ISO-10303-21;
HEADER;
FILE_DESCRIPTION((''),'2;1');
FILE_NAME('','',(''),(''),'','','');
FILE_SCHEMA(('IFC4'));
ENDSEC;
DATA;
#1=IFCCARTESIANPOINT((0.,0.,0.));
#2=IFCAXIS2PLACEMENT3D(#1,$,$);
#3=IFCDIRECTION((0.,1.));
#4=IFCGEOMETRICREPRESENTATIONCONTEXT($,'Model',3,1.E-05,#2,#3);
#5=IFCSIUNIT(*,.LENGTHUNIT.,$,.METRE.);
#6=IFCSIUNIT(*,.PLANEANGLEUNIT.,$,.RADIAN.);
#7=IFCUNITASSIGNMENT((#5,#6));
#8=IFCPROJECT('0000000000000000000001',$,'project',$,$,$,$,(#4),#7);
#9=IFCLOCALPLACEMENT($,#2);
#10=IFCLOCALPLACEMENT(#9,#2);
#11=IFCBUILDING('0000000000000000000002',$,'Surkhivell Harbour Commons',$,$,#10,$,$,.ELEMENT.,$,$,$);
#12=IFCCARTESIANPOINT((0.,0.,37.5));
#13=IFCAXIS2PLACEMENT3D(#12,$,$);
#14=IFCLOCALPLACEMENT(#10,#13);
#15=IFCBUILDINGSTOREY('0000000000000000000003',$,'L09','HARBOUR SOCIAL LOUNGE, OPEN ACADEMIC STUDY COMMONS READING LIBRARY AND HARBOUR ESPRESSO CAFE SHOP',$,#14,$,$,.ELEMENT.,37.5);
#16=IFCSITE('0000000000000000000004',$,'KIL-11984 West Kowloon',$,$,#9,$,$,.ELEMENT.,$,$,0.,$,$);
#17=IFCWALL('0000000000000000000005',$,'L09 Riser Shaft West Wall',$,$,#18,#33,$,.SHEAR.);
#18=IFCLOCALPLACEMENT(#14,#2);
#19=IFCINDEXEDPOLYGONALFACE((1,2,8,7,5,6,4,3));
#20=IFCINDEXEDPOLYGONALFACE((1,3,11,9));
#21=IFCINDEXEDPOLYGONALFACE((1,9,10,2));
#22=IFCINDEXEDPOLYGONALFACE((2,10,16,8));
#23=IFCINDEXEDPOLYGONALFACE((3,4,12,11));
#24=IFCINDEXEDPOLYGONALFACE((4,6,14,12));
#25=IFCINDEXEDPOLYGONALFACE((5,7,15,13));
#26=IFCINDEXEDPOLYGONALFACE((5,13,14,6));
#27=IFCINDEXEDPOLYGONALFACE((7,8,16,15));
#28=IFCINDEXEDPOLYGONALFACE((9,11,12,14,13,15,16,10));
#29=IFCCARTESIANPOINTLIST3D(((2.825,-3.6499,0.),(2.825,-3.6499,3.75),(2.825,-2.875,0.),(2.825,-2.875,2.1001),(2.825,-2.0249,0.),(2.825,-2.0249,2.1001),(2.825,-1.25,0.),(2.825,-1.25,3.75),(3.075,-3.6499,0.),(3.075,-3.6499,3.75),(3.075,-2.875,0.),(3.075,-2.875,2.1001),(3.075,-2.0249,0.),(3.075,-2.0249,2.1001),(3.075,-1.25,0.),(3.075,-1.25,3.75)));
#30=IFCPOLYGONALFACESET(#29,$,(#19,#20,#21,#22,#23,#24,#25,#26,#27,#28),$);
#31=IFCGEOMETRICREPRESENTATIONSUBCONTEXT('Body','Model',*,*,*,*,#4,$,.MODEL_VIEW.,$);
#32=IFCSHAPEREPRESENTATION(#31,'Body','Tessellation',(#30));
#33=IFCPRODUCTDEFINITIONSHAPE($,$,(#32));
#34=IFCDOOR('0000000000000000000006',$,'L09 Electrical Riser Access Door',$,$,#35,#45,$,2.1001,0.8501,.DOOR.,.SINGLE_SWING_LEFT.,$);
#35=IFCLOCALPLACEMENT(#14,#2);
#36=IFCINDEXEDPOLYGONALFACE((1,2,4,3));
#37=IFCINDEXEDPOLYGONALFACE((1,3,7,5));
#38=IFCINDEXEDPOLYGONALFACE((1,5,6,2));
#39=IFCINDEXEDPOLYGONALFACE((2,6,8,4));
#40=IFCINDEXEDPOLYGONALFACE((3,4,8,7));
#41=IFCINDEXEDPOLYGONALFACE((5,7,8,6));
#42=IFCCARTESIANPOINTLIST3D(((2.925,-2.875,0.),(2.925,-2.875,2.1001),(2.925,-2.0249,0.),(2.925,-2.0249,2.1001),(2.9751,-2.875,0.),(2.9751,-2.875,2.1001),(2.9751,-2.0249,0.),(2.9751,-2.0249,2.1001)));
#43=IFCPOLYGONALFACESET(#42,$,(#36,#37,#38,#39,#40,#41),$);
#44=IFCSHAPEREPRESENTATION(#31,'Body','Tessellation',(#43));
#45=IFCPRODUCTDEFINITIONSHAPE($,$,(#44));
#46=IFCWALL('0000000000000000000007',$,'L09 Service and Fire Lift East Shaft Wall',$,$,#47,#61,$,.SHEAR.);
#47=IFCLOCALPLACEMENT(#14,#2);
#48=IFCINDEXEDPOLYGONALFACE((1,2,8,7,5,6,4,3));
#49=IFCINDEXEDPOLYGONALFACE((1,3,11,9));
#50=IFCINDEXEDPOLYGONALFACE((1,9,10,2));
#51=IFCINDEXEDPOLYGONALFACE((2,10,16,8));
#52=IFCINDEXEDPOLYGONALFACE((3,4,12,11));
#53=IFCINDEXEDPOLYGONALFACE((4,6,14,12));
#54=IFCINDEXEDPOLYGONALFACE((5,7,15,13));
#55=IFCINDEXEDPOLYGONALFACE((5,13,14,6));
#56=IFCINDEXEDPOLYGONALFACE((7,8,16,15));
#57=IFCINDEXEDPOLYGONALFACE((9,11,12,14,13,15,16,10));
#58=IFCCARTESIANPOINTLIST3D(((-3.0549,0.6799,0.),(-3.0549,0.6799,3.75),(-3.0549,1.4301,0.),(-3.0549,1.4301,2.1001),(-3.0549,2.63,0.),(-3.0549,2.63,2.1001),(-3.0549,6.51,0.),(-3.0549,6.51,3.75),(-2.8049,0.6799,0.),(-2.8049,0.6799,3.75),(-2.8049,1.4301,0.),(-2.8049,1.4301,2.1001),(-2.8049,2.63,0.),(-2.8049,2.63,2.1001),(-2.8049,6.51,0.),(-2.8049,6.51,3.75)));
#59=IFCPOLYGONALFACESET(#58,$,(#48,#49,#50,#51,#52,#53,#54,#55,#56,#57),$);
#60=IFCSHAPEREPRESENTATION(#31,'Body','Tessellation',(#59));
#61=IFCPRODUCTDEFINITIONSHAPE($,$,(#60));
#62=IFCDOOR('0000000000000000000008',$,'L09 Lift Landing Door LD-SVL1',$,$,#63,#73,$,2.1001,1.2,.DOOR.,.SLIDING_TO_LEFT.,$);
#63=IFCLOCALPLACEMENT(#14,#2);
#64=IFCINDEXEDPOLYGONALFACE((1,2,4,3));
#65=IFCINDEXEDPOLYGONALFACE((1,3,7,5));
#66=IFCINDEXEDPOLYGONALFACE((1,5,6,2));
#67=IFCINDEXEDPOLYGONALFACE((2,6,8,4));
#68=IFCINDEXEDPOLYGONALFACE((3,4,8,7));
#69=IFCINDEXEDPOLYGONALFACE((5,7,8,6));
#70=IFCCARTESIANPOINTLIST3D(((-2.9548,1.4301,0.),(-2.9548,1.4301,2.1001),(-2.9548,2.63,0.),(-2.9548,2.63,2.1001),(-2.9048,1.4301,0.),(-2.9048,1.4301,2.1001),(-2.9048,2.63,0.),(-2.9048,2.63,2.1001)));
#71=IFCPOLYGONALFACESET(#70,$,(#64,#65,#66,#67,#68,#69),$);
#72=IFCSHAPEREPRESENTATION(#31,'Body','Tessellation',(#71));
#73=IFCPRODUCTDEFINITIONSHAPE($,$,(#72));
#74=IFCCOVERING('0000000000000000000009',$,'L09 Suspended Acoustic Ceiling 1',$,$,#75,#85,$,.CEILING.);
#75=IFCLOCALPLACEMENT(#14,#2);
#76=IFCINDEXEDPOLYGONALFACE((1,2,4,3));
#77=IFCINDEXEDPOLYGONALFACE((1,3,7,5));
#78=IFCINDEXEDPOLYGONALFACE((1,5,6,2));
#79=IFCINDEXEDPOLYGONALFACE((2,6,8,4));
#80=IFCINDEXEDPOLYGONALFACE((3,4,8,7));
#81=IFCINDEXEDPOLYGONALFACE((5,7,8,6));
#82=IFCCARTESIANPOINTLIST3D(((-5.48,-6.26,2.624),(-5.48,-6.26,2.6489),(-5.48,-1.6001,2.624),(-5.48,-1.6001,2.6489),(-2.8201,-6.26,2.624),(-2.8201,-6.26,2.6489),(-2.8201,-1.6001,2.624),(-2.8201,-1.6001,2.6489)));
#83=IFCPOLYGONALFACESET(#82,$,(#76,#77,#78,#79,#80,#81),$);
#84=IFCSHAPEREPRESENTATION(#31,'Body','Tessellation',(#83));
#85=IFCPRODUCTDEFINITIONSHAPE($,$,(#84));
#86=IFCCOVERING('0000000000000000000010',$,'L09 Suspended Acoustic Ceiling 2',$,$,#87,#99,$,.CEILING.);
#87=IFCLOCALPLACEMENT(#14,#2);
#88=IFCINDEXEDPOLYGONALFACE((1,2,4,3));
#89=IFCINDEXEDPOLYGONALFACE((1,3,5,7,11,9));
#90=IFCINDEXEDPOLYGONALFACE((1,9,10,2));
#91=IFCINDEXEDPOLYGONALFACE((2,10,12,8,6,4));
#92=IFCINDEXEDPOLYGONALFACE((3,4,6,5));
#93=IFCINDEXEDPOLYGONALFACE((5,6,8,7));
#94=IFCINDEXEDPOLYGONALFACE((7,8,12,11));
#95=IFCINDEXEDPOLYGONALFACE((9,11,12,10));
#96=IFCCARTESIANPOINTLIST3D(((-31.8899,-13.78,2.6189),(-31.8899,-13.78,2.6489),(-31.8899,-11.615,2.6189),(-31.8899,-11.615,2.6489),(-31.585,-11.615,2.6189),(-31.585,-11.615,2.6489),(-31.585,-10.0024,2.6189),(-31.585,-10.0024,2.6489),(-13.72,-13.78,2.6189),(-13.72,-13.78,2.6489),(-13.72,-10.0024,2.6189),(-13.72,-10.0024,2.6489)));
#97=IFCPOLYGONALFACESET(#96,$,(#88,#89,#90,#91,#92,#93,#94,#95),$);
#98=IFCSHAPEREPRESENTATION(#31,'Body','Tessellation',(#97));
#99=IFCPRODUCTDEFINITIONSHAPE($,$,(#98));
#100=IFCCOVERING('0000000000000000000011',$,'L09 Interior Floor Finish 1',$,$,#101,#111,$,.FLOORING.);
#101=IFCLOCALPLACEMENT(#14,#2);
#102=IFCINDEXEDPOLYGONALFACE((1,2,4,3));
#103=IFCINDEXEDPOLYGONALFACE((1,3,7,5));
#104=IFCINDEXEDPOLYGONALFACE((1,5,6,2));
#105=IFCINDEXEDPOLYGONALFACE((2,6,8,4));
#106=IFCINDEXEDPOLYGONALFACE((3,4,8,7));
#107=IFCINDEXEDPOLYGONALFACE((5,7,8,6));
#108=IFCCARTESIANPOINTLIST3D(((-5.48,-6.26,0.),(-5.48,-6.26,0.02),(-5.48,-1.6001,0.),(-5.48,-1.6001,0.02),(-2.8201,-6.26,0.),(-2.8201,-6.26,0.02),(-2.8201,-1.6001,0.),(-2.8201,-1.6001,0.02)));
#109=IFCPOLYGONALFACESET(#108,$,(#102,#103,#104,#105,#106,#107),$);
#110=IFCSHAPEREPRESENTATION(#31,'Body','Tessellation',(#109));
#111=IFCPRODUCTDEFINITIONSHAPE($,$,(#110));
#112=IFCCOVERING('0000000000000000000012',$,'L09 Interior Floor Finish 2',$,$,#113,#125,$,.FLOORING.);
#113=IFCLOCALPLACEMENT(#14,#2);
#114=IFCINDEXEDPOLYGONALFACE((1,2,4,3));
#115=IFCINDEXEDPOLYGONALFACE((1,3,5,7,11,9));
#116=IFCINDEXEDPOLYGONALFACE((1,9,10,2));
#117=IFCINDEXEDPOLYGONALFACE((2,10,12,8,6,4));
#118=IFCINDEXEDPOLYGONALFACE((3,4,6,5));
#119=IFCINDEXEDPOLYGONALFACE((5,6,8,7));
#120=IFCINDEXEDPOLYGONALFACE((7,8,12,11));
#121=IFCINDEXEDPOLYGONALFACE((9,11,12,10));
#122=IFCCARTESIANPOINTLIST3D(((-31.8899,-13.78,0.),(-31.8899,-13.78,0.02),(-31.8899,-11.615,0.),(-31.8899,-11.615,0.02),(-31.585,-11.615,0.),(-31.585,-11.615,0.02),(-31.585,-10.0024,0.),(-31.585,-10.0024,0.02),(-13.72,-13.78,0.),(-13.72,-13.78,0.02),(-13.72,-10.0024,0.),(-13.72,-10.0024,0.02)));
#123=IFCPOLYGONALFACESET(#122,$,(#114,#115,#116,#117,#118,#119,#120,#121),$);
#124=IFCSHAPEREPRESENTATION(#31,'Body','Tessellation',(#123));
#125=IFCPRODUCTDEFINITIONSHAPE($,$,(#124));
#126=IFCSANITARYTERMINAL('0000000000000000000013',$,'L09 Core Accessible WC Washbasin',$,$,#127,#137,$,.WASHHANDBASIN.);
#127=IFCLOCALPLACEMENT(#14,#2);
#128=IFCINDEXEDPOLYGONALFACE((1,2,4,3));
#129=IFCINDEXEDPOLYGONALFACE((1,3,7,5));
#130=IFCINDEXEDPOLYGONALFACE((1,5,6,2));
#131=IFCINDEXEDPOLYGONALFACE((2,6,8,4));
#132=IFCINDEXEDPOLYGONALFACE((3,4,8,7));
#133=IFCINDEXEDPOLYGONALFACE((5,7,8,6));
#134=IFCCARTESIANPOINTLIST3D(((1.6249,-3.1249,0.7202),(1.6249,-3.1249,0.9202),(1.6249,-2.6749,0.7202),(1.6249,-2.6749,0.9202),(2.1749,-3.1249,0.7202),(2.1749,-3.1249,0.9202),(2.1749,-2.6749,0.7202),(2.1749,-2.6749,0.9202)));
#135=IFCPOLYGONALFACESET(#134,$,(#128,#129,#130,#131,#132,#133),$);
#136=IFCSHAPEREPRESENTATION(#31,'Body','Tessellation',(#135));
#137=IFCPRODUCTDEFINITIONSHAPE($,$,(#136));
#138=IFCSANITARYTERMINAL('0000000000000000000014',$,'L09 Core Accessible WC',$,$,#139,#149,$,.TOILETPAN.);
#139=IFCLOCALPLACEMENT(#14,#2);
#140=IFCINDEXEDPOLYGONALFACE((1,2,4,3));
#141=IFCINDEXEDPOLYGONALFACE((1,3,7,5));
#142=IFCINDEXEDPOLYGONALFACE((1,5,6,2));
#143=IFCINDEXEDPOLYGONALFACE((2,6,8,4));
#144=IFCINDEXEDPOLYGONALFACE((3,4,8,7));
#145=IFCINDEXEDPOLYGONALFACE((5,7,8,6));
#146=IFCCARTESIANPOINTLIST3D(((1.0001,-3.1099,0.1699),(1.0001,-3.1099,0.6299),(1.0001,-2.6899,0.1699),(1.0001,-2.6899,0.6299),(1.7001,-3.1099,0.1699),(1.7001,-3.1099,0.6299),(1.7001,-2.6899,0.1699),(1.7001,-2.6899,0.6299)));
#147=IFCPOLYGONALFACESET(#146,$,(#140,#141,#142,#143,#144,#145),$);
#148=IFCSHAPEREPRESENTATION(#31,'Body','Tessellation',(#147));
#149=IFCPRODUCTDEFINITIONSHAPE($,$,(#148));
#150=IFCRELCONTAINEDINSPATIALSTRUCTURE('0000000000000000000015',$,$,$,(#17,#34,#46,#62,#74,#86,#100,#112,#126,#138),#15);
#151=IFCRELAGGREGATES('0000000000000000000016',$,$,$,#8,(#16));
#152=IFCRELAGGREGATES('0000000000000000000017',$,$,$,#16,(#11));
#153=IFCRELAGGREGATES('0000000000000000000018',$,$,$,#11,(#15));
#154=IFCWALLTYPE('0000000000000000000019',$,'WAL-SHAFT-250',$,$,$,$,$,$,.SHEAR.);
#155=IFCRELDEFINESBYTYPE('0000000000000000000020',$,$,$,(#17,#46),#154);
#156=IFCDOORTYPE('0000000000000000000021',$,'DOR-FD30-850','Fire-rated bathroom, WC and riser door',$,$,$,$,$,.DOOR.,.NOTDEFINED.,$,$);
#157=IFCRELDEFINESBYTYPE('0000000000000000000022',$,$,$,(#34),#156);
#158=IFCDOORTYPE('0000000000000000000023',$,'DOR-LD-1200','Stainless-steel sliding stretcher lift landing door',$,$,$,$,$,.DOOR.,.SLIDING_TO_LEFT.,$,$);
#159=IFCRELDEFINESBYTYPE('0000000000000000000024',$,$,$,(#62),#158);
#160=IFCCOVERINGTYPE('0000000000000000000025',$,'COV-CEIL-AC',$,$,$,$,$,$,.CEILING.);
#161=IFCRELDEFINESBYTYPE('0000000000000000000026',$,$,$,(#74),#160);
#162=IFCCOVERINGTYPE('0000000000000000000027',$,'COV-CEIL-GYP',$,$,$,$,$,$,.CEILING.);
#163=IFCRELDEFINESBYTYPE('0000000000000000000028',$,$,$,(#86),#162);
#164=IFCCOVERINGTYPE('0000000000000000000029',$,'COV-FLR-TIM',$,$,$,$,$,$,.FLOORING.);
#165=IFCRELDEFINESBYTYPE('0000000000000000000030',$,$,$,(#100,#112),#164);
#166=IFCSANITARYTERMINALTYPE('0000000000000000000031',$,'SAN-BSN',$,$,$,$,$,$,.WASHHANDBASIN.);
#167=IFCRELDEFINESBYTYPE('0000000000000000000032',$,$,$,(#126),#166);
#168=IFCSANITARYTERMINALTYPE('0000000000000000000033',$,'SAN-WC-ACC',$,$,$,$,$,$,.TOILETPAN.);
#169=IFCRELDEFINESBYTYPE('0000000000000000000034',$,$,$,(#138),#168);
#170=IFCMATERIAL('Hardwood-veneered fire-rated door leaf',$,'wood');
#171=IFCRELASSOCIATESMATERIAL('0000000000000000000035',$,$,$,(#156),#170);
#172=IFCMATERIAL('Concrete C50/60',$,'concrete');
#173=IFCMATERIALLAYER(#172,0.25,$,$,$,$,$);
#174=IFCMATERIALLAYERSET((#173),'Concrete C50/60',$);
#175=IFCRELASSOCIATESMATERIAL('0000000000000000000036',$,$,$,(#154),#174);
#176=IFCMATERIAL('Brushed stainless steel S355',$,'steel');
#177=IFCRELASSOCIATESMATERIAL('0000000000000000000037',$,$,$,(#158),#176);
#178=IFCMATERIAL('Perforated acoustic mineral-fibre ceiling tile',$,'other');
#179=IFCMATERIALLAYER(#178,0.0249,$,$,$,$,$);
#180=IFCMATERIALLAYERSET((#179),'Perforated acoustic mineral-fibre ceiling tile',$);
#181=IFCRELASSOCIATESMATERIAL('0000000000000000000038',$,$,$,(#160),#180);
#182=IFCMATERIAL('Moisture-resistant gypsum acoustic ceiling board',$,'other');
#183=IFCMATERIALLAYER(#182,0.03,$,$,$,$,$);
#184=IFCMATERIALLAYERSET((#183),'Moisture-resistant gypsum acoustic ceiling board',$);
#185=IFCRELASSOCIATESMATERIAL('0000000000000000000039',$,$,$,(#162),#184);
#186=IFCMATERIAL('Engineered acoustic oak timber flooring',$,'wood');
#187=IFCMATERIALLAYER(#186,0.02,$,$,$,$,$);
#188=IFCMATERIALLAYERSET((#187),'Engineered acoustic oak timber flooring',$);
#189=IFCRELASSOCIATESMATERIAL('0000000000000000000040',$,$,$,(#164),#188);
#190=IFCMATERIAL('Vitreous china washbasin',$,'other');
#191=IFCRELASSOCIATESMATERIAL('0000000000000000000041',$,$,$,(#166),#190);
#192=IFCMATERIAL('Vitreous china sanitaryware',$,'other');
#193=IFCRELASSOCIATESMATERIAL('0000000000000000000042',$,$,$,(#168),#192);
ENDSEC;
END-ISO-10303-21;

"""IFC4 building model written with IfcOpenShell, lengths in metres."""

from ifc_helpers import new_model, si_unit, direction, frame, frame_2d, origin, origin_2d, place, context, subcontext, project, spatial, polyline, rectangle, outline, extrude, material, layer, layer_set, type_object, element, fill, save


model = new_model("IFC4")

# Units and contexts
model_context = context("Model", 3, precision=1e-05, world=origin(), true_north=direction((0.0, 1.0)))
body_context = subcontext(model_context, "Body", "Model", "MODEL_VIEW")
ifc_project = project(units=[si_unit("LENGTHUNIT", "METRE"), si_unit("PLANEANGLEUNIT", "RADIAN")], contexts=[model_context])

# Site, building, storey
site_placement = place(None, origin())
site = spatial("IfcSite", under=ifc_project, at=site_placement, Name="KIL-11984 West Kowloon", CompositionType="ELEMENT", RefElevation=0.0)
building_placement = place(site_placement, origin())
building = spatial("IfcBuilding", under=site, at=building_placement, Name="Surkhivell Harbour Commons", CompositionType="ELEMENT")
storey_placement = place(building_placement, frame((0.0, 0.0, 37.5)))
storey = spatial("IfcBuildingStorey", under=building, at=storey_placement, Name="L09", Description="HARBOUR SOCIAL LOUNGE, OPEN ACADEMIC STUDY COMMONS READING LIBRARY AND HARBOUR ESPRESSO CAFE SHOP", CompositionType="ELEMENT", Elevation=37.5)

# Shared definitions
ifc_material_1 = material(Name="Hardwood-veneered fire-rated door leaf", Category="wood")
door_type_1 = type_object("IfcDoorType", Name="DOR-FD30-850", Description="Fire-rated bathroom, WC and riser door", OperationType="NOTDEFINED", PredefinedType="DOOR", material=ifc_material_1)

# Shared definitions
ifc_material_2 = material(Name="Concrete C50/60", Category="concrete")
ifc_layer_1 = layer(ifc_material_2, 0.25)
ifc_layer_set_1 = layer_set([ifc_layer_1], Name="Concrete C50/60")
wall_type_1 = type_object("IfcWallType", Name="WAL-SHAFT-250", PredefinedType="SHEAR", material=ifc_layer_set_1)

# Walls, openings, doors
wall_1_placement = place(storey_placement, frame((2.95, -3.6499, 0.0), z_axis=(0.0, 0.0, 1.0), x_axis=(0.0, 1.0, 0.0)))
wall_1 = element("IfcWall", 1, at=wall_1_placement, inside=storey, type_object=wall_type_1, Name="L09 Riser Shaft West Wall", PredefinedType="SHEAR", context=body_context, shape_type="SweptSolid", body=[
    extrude(rectangle(XDim=2.3999, YDim=0.25, at=frame_2d((1.2, 0.0))), origin(), (0.0, 0.0, 1.0), 3.75),
])
opening_1_placement = place(wall_1_placement, frame((0.7749, 0.0, 0.0)))
opening_1 = element("IfcOpeningElement", 2, at=opening_1_placement, cuts=wall_1, PredefinedType="OPENING", context=body_context, shape_type="SweptSolid", body=[
    extrude(rectangle(XDim=0.8501, YDim=2.1001, at=frame_2d((0.425, 1.05))), frame((0.0, 0.135, 0.0), z_axis=(0.0, -1.0, 0.0), x_axis=(1.0, 0.0, 0.0)), (0.0, 0.0, 1.0), 0.27),
])
door_1_placement = place(opening_1_placement, origin())
door_1 = element("IfcDoor", 3, at=door_1_placement, inside=storey, type_object=door_type_1, Name="L09 Electrical Riser Access Door", OperationType="SINGLE_SWING_LEFT", OverallHeight=2.1001, OverallWidth=0.8501, PredefinedType="DOOR", context=body_context, shape_type="SweptSolid", body=[
    extrude(rectangle(XDim=0.8501, YDim=2.1001, at=frame_2d((0.425, 1.05))), frame((0.0, 0.0249, 0.0), z_axis=(0.0, -1.0, 0.0), x_axis=(1.0, 0.0, 0.0)), (0.0, 0.0, 1.0), 0.05),
])
fill(opening_1, door_1)
wall_2_placement = place(storey_placement, frame((-2.9299, 0.6799, 0.0), z_axis=(0.0, 0.0, 1.0), x_axis=(0.0, 1.0, 0.0)))
wall_2 = element("IfcWall", 4, at=wall_2_placement, inside=storey, type_object=wall_type_1, Name="L09 Service and Fire Lift East Shaft Wall", PredefinedType="SHEAR", context=body_context, shape_type="SweptSolid", body=[
    extrude(rectangle(XDim=5.8301, YDim=0.25, at=frame_2d((2.915, 0.0))), origin(), (0.0, 0.0, 1.0), 3.75),
])
opening_2_placement = place(wall_2_placement, frame((0.75, 0.0, 0.0)))
opening_2 = element("IfcOpeningElement", 5, at=opening_2_placement, cuts=wall_2, PredefinedType="OPENING", context=body_context, shape_type="SweptSolid", body=[
    extrude(rectangle(XDim=1.2, YDim=2.1001, at=frame_2d((0.6001, 1.05))), frame((0.0, 0.135, 0.0), z_axis=(0.0, -1.0, 0.0), x_axis=(1.0, 0.0, 0.0)), (0.0, 0.0, 1.0), 0.27),
])
ifc_material_3 = material(Name="Brushed stainless steel S355", Category="steel")
door_type_2 = type_object("IfcDoorType", Name="DOR-LD-1200", Description="Stainless-steel sliding stretcher lift landing door", OperationType="SLIDING_TO_LEFT", PredefinedType="DOOR", material=ifc_material_3)
door_2_placement = place(opening_2_placement, origin())
door_2 = element("IfcDoor", 6, at=door_2_placement, inside=storey, type_object=door_type_2, Name="L09 Lift Landing Door LD-SVL1", OperationType="SLIDING_TO_LEFT", OverallHeight=2.1001, OverallWidth=1.2, PredefinedType="DOOR", context=body_context, shape_type="SweptSolid", body=[
    extrude(rectangle(XDim=1.2, YDim=2.1001, at=frame_2d((0.6001, 1.05))), frame((0.0, 0.0249, 0.0), z_axis=(0.0, -1.0, 0.0), x_axis=(1.0, 0.0, 0.0)), (0.0, 0.0, 1.0), 0.05),
])
fill(opening_2, door_2)

# Coverings
ifc_material_4 = material(Name="Perforated acoustic mineral-fibre ceiling tile", Category="other")
ifc_layer_2 = layer(ifc_material_4, 0.0249)
ifc_layer_set_2 = layer_set([ifc_layer_2], Name="Perforated acoustic mineral-fibre ceiling tile")
covering_type_1 = type_object("IfcCoveringType", Name="COV-CEIL-AC", PredefinedType="CEILING", material=ifc_layer_set_2)
covering_1_placement = place(storey_placement, frame((0.0, 0.0, 2.624)))
element("IfcCovering", 7, at=covering_1_placement, inside=storey, type_object=covering_type_1, Name="L09 Suspended Acoustic Ceiling 1", PredefinedType="CEILING", context=body_context, shape_type="SweptSolid", body=[
    extrude(outline(polyline([(-5.48, -6.26), (-2.8201, -6.26), (-2.8201, -1.6001), (-5.48, -1.6001), (-5.48, -6.26)])), origin(), (0.0, 0.0, 1.0), 0.0249),
])
ifc_material_5 = material(Name="Moisture-resistant gypsum acoustic ceiling board", Category="other")
ifc_layer_3 = layer(ifc_material_5, 0.03)
ifc_layer_set_3 = layer_set([ifc_layer_3], Name="Moisture-resistant gypsum acoustic ceiling board")
covering_type_2 = type_object("IfcCoveringType", Name="COV-CEIL-GYP", PredefinedType="CEILING", material=ifc_layer_set_3)
covering_2_placement = place(storey_placement, frame((0.0, 0.0, 2.6189)))
element("IfcCovering", 8, at=covering_2_placement, inside=storey, type_object=covering_type_2, Name="L09 Suspended Acoustic Ceiling 2", PredefinedType="CEILING", context=body_context, shape_type="SweptSolid", body=[
    extrude(outline(polyline([(-31.585, -10.0024), (-31.585, -11.615), (-31.8899, -11.615), (-31.8899, -13.78), (-13.72, -13.78), (-13.72, -10.0024), (-31.585, -10.0024)])), origin(), (0.0, 0.0, 1.0), 0.03),
])
ifc_material_6 = material(Name="Engineered acoustic oak timber flooring", Category="wood")
ifc_layer_4 = layer(ifc_material_6, 0.02)
ifc_layer_set_4 = layer_set([ifc_layer_4], Name="Engineered acoustic oak timber flooring")
covering_type_3 = type_object("IfcCoveringType", Name="COV-FLR-TIM", PredefinedType="FLOORING", material=ifc_layer_set_4)
covering_3_placement = place(storey_placement, origin())
element("IfcCovering", 9, at=covering_3_placement, inside=storey, type_object=covering_type_3, Name="L09 Interior Floor Finish 1", PredefinedType="FLOORING", context=body_context, shape_type="SweptSolid", body=[
    extrude(outline(polyline([(-5.48, -6.26), (-2.8201, -6.26), (-2.8201, -1.6001), (-5.48, -1.6001), (-5.48, -6.26)])), origin(), (0.0, 0.0, 1.0), 0.02),
])
covering_4_placement = place(storey_placement, origin())
element("IfcCovering", 10, at=covering_4_placement, inside=storey, type_object=covering_type_3, Name="L09 Interior Floor Finish 2", PredefinedType="FLOORING", context=body_context, shape_type="SweptSolid", body=[
    extrude(outline(polyline([(-31.585, -10.0024), (-31.585, -11.615), (-31.8899, -11.615), (-31.8899, -13.78), (-13.72, -13.78), (-13.72, -10.0024), (-31.585, -10.0024)])), origin(), (0.0, 0.0, 1.0), 0.02),
])

# Sanitary terminals
ifc_material_7 = material(Name="Vitreous china washbasin", Category="other")
sanitary_terminal_type_1 = type_object("IfcSanitaryTerminalType", Name="SAN-BSN", PredefinedType="WASHHANDBASIN", material=ifc_material_7)
sanitary_terminal_1_placement = place(storey_placement, frame((1.8999, -2.8999, 0.7202), z_axis=(0.0, 0.0, 1.0), x_axis=(1.0, 0.0, 0.0)))
element("IfcSanitaryTerminal", 11, at=sanitary_terminal_1_placement, inside=storey, type_object=sanitary_terminal_type_1, Name="L09 Core Accessible WC Washbasin", PredefinedType="WASHHANDBASIN", context=body_context, shape_type="SweptSolid", body=[
    extrude(rectangle(XDim=0.55, YDim=0.45, at=origin_2d()), origin(), (0.0, 0.0, 1.0), 0.2),
])
ifc_material_8 = material(Name="Vitreous china sanitaryware", Category="other")
sanitary_terminal_type_2 = type_object("IfcSanitaryTerminalType", Name="SAN-WC-ACC", PredefinedType="TOILETPAN", material=ifc_material_8)
sanitary_terminal_2_placement = place(storey_placement, frame((1.3501, -2.8999, 0.1699), z_axis=(0.0, 0.0, 1.0), x_axis=(1.0, 0.0, 0.0)))
element("IfcSanitaryTerminal", 12, at=sanitary_terminal_2_placement, inside=storey, type_object=sanitary_terminal_type_2, Name="L09 Core Accessible WC", PredefinedType="TOILETPAN", context=body_context, shape_type="SweptSolid", body=[
    extrude(rectangle(XDim=0.7, YDim=0.4199, at=origin_2d()), origin(), (0.0, 0.0, 1.0), 0.46),
])

save(model, "model.ifc")
